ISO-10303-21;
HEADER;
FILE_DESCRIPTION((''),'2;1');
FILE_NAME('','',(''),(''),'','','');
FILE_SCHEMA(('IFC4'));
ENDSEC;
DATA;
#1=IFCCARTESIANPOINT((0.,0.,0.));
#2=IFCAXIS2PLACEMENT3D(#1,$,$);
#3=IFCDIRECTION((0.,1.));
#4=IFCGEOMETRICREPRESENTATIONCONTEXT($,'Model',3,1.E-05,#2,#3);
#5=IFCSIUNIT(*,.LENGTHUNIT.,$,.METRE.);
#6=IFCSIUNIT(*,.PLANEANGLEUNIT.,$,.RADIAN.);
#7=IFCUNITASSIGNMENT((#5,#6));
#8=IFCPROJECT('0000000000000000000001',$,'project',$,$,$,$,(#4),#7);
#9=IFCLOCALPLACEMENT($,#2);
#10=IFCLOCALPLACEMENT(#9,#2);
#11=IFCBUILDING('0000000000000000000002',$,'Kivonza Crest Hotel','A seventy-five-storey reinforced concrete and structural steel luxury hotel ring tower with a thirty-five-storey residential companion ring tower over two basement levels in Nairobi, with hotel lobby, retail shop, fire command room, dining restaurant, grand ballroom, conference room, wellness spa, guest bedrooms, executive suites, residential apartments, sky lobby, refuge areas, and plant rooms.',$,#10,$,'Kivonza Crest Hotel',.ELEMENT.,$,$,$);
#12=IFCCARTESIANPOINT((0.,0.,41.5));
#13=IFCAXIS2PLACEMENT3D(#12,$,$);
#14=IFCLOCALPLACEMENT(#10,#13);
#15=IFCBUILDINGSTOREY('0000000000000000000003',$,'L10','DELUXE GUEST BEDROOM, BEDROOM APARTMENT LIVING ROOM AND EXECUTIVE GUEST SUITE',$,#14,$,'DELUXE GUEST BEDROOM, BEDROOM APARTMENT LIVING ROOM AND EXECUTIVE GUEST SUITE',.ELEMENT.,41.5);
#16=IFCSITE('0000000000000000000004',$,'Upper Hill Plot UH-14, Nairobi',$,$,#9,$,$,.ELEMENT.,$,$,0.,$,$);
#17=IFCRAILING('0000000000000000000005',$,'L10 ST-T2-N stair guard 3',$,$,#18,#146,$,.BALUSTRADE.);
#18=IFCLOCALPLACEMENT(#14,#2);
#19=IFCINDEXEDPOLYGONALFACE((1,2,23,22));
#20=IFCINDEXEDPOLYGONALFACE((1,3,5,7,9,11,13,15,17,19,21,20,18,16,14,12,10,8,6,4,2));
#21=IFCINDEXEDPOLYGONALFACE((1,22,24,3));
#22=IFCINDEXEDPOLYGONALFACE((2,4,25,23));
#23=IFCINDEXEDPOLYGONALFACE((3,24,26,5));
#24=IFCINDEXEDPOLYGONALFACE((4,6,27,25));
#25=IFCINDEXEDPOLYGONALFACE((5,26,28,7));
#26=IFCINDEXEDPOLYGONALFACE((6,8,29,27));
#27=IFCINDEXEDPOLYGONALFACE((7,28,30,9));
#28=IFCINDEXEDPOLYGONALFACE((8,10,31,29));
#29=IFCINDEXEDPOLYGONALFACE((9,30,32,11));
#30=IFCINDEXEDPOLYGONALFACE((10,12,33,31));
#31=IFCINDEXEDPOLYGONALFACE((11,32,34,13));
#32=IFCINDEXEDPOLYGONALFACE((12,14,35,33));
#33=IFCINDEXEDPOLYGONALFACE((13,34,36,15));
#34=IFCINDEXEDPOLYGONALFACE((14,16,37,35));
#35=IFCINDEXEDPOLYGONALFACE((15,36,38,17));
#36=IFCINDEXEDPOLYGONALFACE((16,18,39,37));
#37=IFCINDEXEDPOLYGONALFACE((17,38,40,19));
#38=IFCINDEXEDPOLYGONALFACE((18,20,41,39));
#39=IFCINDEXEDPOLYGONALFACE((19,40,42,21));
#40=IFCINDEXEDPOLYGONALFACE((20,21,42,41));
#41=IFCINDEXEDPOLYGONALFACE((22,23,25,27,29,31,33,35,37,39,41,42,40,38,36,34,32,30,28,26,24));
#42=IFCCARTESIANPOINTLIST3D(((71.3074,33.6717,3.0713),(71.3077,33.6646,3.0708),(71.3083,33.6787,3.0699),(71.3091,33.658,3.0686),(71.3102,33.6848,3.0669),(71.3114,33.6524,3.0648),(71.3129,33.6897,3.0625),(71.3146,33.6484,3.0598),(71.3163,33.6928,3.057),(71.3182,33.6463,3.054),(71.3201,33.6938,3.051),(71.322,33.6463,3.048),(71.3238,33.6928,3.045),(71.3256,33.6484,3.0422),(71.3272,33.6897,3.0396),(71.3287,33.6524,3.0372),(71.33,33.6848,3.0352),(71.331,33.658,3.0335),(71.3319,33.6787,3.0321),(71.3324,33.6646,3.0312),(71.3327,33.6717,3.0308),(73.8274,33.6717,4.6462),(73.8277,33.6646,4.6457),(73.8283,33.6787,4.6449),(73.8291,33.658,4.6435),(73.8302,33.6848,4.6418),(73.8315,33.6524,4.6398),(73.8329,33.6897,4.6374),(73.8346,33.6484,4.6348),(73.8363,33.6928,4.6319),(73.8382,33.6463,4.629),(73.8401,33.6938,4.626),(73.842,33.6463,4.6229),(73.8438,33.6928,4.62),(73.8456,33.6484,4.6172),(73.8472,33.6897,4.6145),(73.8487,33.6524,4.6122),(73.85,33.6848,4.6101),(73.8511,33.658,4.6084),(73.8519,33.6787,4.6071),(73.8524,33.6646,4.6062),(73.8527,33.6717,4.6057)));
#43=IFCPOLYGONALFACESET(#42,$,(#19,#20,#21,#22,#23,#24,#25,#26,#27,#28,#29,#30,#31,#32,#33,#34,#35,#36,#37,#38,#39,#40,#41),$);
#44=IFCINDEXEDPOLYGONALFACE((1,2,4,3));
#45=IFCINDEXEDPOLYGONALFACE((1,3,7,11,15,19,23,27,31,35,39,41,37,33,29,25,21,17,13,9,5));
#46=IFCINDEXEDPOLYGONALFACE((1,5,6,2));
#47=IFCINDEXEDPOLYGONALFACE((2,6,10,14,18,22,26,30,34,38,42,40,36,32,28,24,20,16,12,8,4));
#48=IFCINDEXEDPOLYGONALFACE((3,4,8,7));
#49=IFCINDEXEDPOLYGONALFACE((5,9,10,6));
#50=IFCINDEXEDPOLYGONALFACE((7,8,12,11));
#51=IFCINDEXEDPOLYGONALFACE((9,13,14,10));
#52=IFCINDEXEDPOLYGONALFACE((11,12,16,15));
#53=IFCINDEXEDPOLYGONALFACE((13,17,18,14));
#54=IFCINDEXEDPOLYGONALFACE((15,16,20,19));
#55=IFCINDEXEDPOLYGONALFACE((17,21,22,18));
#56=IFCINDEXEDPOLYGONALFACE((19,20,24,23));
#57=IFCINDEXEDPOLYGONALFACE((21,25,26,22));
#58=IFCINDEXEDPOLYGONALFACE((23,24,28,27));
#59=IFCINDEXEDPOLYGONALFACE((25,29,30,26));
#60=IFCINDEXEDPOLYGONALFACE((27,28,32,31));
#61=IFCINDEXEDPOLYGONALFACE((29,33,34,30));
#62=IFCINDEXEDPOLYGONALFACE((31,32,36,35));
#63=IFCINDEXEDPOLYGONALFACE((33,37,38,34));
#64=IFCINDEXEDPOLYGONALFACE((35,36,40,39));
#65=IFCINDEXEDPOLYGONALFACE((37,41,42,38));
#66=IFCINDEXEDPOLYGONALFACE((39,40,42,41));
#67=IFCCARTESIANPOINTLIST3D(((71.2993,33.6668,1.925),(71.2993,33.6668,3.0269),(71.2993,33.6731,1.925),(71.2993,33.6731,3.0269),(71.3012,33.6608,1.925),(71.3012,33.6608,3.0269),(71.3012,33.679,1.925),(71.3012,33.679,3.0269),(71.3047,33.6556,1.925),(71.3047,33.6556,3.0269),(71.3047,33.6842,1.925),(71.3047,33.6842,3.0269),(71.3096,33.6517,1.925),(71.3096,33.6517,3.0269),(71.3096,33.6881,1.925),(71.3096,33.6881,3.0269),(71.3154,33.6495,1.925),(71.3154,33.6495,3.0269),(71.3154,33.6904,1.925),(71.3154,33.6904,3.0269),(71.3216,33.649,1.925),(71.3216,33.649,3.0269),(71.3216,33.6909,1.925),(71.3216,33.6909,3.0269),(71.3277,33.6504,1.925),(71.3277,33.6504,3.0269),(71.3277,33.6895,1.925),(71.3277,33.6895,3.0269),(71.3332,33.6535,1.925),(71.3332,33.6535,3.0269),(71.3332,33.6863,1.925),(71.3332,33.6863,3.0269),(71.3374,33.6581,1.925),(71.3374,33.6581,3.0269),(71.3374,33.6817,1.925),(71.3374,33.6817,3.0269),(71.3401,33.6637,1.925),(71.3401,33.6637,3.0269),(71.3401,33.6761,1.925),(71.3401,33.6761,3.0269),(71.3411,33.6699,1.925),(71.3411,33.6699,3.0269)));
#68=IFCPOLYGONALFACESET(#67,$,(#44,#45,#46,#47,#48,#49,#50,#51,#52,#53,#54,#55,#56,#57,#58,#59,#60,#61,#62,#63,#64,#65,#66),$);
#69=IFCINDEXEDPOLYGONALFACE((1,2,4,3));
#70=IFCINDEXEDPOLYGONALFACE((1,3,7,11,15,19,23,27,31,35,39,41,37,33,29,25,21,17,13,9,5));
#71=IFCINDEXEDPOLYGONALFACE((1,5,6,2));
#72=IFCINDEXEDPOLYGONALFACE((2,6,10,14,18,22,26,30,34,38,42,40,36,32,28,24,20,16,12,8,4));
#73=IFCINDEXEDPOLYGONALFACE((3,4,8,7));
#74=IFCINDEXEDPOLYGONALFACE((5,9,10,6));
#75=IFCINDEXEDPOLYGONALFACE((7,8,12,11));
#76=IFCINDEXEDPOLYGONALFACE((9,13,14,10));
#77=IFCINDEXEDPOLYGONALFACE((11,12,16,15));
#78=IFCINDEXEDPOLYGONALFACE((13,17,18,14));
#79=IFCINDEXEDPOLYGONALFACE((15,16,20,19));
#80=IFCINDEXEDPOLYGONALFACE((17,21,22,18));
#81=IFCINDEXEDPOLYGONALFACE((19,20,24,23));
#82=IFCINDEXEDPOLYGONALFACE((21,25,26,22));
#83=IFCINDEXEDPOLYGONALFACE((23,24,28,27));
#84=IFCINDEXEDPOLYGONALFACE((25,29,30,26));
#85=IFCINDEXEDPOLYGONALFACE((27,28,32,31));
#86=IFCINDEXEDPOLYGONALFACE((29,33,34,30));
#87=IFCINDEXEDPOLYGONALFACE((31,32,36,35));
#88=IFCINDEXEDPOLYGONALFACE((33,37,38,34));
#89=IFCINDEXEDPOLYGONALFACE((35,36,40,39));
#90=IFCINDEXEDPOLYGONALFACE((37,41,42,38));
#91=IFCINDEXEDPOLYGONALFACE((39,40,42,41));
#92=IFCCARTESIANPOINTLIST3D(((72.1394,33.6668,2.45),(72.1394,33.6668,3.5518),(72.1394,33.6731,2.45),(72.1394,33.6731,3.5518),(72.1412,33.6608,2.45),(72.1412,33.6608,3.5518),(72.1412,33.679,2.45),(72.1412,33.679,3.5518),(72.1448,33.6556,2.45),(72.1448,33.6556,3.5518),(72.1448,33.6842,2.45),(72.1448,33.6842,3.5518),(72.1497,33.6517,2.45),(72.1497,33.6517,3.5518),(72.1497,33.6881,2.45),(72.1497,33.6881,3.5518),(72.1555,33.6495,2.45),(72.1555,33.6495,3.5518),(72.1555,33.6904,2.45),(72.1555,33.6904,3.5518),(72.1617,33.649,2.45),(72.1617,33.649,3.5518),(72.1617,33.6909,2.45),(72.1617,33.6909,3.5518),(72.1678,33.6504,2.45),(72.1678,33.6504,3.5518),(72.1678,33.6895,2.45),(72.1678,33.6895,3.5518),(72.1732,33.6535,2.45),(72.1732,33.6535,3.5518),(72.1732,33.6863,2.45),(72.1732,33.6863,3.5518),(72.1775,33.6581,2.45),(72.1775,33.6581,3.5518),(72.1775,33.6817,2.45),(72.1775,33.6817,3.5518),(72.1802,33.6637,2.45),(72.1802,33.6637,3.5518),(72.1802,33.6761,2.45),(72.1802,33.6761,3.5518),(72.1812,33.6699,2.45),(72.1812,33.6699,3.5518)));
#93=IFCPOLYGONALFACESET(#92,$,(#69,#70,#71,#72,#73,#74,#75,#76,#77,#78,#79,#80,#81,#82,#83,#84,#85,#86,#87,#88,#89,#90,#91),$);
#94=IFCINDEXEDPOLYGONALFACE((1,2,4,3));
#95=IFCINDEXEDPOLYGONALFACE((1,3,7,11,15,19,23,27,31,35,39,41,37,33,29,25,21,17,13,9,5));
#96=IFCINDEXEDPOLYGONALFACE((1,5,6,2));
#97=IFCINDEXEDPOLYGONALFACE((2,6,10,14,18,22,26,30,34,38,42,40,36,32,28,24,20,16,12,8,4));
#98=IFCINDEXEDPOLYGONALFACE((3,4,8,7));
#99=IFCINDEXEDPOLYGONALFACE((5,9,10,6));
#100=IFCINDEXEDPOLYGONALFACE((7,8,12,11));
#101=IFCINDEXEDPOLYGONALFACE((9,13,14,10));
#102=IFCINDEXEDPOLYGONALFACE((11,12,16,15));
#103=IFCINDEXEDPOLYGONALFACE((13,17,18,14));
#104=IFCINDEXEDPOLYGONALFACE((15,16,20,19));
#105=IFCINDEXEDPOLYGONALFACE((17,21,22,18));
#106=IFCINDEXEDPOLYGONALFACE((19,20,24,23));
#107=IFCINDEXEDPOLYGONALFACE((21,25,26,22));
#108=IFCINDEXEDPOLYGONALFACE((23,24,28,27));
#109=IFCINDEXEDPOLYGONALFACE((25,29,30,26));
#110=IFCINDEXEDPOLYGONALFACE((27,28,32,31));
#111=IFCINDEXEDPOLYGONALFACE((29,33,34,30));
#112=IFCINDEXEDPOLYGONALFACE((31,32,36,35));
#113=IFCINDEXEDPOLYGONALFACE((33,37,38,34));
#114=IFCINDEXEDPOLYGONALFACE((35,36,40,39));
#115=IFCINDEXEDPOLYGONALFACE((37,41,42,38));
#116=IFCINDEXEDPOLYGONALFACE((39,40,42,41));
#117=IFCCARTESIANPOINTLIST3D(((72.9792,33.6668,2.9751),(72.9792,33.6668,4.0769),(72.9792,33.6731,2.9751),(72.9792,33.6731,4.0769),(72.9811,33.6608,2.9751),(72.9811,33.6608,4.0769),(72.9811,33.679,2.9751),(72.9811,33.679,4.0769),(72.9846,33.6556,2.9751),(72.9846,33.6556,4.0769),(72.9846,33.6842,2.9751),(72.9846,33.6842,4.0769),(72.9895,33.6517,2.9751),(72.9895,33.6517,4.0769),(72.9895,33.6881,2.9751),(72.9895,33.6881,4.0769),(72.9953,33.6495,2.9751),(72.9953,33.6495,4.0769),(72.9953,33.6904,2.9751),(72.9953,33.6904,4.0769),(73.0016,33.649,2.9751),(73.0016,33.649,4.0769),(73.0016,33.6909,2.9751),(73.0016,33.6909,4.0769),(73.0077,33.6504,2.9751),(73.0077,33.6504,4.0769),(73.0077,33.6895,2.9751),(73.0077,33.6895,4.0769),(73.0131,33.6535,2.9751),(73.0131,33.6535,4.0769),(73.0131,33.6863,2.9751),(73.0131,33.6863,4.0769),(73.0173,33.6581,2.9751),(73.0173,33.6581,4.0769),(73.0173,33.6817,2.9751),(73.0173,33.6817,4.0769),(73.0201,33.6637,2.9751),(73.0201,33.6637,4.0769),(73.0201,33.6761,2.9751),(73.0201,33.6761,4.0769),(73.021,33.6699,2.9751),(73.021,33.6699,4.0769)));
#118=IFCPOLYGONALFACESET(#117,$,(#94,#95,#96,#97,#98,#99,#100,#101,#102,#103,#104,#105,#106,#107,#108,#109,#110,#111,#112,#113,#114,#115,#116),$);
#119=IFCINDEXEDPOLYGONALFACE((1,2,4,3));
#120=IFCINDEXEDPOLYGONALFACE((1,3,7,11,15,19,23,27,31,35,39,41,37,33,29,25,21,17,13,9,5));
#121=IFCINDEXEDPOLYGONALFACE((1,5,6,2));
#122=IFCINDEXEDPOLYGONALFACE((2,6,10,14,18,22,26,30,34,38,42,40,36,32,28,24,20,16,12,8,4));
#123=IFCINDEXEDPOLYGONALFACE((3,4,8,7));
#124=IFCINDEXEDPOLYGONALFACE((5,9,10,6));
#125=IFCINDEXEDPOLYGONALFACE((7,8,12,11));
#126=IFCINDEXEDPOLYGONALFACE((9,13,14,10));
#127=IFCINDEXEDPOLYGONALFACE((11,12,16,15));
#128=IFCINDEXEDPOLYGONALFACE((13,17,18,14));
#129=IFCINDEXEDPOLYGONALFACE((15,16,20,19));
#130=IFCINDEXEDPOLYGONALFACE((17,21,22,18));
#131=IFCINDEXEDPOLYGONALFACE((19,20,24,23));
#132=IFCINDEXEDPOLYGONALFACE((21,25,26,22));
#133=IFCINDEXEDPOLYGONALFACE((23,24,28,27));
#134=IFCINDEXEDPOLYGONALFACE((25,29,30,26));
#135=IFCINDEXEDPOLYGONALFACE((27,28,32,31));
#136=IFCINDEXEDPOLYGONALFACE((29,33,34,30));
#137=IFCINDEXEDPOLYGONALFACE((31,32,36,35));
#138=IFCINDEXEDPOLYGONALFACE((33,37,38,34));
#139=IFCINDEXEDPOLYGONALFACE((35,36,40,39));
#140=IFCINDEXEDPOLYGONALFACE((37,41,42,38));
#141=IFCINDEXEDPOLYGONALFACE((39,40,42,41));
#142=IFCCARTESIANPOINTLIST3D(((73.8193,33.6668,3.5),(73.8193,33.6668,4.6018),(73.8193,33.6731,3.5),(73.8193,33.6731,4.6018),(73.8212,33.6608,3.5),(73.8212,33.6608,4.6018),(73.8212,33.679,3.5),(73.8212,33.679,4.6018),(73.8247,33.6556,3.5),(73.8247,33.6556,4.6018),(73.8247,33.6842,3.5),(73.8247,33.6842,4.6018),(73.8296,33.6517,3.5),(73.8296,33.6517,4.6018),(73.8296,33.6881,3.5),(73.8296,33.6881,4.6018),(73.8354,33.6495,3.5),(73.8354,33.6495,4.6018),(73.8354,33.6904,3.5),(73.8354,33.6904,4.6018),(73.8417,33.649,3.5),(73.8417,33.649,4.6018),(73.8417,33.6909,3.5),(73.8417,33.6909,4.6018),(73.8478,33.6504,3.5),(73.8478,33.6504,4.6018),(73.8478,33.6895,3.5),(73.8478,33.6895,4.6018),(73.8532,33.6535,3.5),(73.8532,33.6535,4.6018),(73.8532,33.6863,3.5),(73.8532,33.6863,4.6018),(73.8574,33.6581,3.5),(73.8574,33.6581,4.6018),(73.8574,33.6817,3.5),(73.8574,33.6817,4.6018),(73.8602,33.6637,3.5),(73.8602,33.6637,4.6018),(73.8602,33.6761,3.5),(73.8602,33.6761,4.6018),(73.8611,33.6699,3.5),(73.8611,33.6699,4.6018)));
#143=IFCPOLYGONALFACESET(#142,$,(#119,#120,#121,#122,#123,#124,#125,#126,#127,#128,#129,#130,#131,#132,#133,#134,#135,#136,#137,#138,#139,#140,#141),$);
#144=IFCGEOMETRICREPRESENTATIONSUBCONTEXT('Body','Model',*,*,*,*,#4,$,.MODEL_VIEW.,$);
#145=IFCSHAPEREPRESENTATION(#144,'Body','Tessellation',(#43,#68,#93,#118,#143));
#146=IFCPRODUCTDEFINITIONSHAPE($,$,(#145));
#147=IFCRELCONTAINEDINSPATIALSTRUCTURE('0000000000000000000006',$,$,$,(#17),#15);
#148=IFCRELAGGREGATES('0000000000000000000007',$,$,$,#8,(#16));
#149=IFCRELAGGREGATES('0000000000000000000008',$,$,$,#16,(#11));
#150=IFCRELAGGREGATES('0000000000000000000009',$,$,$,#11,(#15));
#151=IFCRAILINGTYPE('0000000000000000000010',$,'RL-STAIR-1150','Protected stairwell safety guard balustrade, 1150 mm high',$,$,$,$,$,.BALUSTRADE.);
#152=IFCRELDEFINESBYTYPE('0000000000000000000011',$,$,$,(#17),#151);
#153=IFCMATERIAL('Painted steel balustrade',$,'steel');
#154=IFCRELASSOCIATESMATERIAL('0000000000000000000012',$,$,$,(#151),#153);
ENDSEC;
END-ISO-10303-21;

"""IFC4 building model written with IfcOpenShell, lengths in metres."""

from ifc_helpers import new_model, si_unit, direction, frame, origin, origin_2d, place, context, subcontext, project, spatial, circle, extrude, material, type_object, element, save


model = new_model("IFC4")

# Units and contexts
model_context = context("Model", 3, precision=1e-05, world=origin(), true_north=direction((0.0, 1.0)))
body_context = subcontext(model_context, "Body", "Model", "MODEL_VIEW")
ifc_project = project(units=[si_unit("LENGTHUNIT", "METRE"), si_unit("PLANEANGLEUNIT", "RADIAN")], contexts=[model_context])

# Site, building, storey
site_placement = place(None, origin())
site = spatial("IfcSite", under=ifc_project, at=site_placement, Name="Upper Hill Plot UH-14, Nairobi", CompositionType="ELEMENT", RefElevation=0.0)
building_placement = place(site_placement, origin())
building = spatial("IfcBuilding", under=site, at=building_placement, Name="Kivonza Crest Hotel", Description="A seventy-five-storey reinforced concrete and structural steel luxury hotel ring tower with a thirty-five-storey residential companion ring tower over two basement levels in Nairobi, with hotel lobby, retail shop, fire command room, dining restaurant, grand ballroom, conference room, wellness spa, guest bedrooms, executive suites, residential apartments, sky lobby, refuge areas, and plant rooms.", LongName="Kivonza Crest Hotel", CompositionType="ELEMENT")
storey_placement = place(building_placement, frame((0.0, 0.0, 41.5)))
storey = spatial("IfcBuildingStorey", under=building, at=storey_placement, Name="L10", Description="DELUXE GUEST BEDROOM, BEDROOM APARTMENT LIVING ROOM AND EXECUTIVE GUEST SUITE", LongName="DELUXE GUEST BEDROOM, BEDROOM APARTMENT LIVING ROOM AND EXECUTIVE GUEST SUITE", CompositionType="ELEMENT", Elevation=41.5)

# Railing
ifc_material_1 = material(Name="Painted steel balustrade", Category="steel")
railing_type_1 = type_object("IfcRailingType", Name="RL-STAIR-1150", Description="Protected stairwell safety guard balustrade, 1150 mm high", PredefinedType="BALUSTRADE", material=ifc_material_1)
railing_1_placement = place(storey_placement, frame((71.3201, 33.6699, 1.925)))
element("IfcRailing", 1, at=railing_1_placement, inside=storey, type_object=railing_type_1, Name="L10 ST-T2-N stair guard 3", PredefinedType="BALUSTRADE", context=body_context, shape_type="SweptSolid", body=[
    extrude(circle(Radius=0.0239, at=origin_2d()), frame((0.0, 0.0, 1.126), z_axis=(0.848008, 0.0, 0.529984), x_axis=(0.0, 1.0, 0.0)), (0.0, 0.0, 1.0), 2.9717),
    extrude(circle(Radius=0.021, at=origin_2d()), origin(), (0.0, 0.0, 1.0), 1.1018),
    extrude(circle(Radius=0.021, at=origin_2d()), frame((0.8401, 0.0, 0.5249)), (0.0, 0.0, 1.0), 1.1018),
    extrude(circle(Radius=0.021, at=origin_2d()), frame((1.6799, 0.0, 1.05)), (0.0, 0.0, 1.0), 1.1018),
    extrude(circle(Radius=0.021, at=origin_2d()), frame((2.52, 0.0, 1.575)), (0.0, 0.0, 1.0), 1.1018),
])

save(model, "model.ifc")
